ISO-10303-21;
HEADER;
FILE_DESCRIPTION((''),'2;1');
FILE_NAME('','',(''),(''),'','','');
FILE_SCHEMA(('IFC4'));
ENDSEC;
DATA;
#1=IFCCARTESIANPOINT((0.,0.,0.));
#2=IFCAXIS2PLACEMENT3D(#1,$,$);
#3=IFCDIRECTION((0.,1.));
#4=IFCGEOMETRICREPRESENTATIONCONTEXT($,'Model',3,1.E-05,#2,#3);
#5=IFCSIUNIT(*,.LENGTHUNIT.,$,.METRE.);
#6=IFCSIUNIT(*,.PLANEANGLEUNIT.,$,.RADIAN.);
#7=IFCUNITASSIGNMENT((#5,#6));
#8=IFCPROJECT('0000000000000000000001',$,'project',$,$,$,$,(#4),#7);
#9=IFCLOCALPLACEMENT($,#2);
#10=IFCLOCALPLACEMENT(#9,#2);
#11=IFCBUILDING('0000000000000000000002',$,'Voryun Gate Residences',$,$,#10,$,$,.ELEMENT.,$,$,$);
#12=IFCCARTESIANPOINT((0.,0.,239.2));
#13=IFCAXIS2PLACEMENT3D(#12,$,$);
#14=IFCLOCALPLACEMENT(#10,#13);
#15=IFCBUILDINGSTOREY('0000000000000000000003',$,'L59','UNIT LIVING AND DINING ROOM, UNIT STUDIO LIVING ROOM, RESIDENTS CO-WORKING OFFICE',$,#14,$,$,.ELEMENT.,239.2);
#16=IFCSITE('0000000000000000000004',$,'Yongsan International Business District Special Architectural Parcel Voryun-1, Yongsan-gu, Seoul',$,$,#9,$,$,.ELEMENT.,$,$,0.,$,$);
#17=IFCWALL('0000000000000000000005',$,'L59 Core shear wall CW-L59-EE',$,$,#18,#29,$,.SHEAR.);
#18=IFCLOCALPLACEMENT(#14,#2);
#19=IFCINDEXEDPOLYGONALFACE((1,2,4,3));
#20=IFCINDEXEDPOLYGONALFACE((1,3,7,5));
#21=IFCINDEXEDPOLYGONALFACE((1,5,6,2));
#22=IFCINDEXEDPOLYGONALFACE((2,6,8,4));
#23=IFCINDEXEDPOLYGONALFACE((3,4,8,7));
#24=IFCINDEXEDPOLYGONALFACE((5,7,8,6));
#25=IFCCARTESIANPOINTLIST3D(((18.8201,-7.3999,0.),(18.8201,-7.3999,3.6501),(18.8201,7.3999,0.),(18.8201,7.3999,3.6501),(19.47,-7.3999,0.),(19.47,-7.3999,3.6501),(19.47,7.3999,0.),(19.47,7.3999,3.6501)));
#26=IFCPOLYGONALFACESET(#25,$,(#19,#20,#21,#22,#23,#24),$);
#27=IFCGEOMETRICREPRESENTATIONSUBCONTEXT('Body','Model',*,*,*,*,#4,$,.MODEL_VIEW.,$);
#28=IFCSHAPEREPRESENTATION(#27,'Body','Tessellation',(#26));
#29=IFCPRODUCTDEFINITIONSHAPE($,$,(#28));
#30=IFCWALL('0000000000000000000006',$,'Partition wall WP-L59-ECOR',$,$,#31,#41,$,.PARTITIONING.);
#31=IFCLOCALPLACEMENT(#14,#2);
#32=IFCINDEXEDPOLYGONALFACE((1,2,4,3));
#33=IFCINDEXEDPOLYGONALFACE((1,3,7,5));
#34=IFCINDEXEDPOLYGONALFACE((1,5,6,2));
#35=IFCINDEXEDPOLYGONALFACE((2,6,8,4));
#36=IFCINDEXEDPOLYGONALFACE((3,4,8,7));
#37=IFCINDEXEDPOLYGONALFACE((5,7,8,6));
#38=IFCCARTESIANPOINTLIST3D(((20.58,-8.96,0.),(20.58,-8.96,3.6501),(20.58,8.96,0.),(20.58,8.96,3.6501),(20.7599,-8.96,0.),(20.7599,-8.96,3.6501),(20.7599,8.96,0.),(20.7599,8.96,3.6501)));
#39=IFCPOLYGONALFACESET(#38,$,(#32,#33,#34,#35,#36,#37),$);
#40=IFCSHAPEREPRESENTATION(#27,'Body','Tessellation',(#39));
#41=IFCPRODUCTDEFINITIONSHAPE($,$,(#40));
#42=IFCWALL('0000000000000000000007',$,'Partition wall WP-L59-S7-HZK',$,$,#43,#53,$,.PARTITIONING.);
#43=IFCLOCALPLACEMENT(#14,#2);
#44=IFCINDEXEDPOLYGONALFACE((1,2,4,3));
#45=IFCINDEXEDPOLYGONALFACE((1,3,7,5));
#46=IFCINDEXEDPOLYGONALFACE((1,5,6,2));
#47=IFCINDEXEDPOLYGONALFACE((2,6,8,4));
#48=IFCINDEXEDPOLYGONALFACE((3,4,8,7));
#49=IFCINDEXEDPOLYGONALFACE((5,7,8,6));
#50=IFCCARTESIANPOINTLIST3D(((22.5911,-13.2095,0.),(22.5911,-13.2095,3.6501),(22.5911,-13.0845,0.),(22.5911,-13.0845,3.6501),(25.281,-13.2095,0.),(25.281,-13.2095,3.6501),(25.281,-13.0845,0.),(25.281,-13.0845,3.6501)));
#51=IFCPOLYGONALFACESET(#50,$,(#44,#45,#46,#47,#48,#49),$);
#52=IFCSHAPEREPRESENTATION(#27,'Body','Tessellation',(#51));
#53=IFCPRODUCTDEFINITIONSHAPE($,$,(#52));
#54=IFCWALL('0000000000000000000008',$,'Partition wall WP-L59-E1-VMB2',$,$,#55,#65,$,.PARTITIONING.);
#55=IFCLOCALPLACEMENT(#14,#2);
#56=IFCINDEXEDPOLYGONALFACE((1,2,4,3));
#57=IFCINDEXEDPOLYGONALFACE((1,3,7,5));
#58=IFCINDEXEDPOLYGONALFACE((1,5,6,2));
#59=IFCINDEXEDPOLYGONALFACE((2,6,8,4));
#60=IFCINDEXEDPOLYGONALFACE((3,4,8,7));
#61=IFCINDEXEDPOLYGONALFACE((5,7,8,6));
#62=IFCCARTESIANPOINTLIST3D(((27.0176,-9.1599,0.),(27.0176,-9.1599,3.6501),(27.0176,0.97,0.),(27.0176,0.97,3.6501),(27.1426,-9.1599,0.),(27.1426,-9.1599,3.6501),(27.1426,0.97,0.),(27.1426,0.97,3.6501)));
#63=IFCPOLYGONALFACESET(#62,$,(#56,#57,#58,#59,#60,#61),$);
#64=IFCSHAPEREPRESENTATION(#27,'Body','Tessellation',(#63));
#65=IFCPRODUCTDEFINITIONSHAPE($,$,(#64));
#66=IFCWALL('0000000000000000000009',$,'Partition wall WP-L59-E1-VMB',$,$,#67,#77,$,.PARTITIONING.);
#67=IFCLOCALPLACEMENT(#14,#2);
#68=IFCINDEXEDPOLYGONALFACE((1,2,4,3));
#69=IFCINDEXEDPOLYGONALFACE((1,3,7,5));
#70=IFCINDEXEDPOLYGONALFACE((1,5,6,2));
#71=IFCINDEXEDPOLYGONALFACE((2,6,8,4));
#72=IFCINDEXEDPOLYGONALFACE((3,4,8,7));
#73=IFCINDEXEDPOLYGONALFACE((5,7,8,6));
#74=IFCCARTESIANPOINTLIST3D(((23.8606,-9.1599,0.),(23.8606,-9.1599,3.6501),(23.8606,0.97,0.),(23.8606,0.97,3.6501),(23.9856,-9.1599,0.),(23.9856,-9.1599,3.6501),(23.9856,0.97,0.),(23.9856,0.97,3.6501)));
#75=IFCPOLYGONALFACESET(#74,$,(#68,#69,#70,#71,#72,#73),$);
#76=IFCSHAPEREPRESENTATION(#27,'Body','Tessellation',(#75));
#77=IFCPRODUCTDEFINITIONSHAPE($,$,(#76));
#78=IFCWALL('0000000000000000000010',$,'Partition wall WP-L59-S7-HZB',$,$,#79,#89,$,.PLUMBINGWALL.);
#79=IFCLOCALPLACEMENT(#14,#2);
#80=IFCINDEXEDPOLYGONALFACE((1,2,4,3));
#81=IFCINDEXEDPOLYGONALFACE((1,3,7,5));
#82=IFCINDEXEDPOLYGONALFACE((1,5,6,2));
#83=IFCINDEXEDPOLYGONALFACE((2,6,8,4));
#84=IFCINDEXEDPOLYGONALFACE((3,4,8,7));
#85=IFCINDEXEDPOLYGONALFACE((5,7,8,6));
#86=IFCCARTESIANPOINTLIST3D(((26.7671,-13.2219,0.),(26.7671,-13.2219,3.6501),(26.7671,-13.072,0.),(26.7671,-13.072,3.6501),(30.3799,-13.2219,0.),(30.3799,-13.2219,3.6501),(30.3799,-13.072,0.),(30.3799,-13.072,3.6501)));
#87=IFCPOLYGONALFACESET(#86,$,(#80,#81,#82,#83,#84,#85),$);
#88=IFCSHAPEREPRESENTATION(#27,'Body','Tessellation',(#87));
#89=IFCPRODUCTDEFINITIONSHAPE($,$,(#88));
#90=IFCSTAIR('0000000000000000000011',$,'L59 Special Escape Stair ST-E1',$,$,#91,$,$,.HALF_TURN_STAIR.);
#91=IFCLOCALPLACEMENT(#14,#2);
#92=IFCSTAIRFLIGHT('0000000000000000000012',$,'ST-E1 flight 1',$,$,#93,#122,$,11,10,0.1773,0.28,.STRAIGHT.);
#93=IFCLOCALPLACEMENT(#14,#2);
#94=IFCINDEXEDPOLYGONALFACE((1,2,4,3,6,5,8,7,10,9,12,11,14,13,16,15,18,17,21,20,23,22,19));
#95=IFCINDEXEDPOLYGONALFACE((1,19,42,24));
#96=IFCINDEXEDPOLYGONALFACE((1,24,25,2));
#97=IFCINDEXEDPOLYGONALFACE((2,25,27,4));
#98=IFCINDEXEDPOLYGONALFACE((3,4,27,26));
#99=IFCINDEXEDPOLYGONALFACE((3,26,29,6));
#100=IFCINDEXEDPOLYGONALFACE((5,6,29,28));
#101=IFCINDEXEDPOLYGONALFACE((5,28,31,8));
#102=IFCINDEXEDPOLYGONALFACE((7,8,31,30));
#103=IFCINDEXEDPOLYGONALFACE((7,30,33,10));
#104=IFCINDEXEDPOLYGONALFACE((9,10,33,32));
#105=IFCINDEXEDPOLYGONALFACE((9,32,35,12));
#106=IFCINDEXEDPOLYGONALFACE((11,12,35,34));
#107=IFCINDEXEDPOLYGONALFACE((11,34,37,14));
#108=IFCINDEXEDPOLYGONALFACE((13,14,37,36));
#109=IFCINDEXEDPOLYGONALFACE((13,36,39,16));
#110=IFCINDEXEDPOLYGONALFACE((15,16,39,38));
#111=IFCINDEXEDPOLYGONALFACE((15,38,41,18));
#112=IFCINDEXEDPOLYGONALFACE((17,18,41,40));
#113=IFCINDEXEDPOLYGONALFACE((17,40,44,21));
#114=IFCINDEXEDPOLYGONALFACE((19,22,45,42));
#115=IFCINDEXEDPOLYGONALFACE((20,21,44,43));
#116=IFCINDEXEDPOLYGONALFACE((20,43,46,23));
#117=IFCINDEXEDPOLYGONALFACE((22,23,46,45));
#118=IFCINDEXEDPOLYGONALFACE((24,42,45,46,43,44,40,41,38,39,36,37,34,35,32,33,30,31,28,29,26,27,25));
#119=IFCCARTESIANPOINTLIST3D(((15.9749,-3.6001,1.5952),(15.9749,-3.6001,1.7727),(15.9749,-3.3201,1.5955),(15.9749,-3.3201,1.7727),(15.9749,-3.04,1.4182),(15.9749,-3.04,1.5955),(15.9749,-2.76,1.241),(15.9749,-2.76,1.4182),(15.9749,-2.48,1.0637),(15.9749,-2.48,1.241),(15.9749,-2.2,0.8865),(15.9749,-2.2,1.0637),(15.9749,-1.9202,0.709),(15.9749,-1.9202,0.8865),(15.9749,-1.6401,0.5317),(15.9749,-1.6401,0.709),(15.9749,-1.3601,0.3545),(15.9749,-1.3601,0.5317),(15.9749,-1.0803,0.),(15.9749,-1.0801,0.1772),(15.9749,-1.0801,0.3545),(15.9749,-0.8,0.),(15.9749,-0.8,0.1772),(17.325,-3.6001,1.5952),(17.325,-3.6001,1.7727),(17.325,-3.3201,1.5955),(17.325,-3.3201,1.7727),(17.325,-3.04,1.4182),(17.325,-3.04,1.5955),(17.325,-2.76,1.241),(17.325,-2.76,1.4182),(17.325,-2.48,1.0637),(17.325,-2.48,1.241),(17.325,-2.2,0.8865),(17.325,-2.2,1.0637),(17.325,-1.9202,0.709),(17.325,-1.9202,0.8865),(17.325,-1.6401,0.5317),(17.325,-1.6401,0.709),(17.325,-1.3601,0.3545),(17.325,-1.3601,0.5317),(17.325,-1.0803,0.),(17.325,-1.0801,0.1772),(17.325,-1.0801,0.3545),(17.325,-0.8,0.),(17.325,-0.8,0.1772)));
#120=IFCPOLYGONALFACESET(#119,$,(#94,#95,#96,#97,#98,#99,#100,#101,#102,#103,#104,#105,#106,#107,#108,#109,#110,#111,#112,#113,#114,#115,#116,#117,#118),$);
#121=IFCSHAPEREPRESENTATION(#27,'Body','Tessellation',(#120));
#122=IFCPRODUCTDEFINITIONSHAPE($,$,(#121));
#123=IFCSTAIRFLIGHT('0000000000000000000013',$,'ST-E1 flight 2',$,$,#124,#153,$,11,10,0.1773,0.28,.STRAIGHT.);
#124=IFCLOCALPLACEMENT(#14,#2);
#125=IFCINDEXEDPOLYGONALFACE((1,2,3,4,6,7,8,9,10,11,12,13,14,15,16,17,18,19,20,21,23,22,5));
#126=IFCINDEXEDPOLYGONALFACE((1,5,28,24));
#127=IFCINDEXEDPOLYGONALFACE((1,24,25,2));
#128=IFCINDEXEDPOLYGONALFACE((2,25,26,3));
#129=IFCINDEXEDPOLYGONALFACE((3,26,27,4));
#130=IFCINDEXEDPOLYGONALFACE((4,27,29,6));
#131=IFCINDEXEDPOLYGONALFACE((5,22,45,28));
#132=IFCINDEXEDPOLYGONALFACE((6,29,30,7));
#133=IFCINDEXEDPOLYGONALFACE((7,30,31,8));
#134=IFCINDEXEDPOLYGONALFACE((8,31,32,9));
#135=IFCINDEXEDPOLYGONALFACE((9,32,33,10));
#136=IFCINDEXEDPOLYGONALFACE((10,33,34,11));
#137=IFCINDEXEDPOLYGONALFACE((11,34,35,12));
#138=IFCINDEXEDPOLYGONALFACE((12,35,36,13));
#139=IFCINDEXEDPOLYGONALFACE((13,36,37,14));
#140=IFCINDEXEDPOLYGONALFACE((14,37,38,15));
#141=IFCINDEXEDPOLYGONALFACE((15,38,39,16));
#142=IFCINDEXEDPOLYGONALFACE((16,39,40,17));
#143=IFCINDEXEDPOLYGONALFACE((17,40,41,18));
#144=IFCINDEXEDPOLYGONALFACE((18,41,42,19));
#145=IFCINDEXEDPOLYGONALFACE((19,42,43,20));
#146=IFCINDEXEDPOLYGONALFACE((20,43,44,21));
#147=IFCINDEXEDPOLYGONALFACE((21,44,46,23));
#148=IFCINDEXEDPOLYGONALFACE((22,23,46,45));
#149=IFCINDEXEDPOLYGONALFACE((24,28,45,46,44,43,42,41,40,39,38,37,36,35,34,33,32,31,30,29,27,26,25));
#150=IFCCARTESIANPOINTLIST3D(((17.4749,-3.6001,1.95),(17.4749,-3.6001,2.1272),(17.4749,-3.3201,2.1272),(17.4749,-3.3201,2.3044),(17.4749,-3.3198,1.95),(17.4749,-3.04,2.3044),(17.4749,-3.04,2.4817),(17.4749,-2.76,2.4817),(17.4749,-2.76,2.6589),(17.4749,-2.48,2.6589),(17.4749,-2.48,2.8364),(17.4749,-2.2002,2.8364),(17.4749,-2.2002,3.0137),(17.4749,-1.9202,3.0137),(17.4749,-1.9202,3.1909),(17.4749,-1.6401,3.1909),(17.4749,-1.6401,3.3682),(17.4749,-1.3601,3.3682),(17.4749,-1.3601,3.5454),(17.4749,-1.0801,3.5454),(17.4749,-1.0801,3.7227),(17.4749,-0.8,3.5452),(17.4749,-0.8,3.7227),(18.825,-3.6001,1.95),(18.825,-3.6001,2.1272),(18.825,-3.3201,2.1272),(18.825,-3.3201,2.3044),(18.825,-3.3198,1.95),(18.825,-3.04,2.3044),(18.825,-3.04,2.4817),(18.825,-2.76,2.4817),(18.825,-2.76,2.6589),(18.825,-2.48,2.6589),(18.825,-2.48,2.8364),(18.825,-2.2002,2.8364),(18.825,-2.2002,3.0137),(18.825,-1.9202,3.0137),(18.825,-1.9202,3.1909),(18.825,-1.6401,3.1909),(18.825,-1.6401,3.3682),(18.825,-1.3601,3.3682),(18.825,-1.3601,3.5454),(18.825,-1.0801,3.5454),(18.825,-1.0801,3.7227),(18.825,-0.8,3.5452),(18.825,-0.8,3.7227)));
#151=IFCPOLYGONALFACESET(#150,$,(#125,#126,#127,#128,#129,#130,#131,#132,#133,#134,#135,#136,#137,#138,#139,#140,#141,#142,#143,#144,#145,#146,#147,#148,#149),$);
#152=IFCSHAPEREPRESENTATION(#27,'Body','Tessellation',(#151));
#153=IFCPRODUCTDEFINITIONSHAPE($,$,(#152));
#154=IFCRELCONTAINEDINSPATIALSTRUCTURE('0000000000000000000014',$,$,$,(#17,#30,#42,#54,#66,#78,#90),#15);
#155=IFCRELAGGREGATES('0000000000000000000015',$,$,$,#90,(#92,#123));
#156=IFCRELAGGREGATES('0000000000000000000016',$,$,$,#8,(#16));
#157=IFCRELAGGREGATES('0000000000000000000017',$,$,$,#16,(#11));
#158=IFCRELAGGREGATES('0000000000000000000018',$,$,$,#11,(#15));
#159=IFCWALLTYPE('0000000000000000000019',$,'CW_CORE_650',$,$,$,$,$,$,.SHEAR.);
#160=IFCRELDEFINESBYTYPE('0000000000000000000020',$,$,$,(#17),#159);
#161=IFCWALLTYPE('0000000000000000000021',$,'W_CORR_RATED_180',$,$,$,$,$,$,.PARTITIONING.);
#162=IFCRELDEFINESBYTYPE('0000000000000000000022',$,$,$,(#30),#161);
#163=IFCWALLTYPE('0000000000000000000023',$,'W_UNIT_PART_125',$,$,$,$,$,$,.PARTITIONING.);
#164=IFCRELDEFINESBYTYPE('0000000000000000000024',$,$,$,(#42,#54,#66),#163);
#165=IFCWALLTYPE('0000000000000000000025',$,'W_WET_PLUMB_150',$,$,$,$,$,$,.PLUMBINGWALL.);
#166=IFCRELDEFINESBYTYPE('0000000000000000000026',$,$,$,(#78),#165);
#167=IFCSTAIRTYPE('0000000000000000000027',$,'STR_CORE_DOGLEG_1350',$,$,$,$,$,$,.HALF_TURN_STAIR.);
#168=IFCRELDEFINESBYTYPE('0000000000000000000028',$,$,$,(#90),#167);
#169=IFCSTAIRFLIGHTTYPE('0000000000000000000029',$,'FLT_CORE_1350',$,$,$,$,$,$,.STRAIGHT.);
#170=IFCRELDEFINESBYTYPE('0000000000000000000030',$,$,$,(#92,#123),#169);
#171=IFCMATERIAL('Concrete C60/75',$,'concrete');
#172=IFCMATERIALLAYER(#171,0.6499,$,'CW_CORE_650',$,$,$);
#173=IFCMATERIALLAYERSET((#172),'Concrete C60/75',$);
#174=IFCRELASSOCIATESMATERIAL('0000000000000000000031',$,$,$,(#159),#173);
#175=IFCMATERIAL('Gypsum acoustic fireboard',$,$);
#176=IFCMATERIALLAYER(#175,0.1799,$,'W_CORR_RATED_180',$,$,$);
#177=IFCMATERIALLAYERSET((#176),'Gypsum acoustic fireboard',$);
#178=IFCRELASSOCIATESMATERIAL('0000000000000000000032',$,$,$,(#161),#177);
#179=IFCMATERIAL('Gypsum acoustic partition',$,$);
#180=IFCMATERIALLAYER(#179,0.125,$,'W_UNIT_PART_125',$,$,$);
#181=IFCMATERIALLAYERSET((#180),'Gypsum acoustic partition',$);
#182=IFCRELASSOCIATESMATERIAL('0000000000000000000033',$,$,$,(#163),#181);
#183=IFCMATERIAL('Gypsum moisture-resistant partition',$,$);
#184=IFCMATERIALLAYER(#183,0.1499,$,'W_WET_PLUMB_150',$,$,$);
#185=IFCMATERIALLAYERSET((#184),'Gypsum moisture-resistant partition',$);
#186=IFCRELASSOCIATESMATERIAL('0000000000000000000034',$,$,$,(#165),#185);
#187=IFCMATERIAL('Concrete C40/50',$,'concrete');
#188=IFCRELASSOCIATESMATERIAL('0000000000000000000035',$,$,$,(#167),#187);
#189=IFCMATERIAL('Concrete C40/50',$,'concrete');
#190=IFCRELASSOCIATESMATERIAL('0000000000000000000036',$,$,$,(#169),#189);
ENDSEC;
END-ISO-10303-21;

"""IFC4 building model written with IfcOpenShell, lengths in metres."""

from ifc_helpers import new_model, si_unit, direction, frame, frame_2d, origin, place, context, subcontext, project, spatial, polyline, rectangle, outline, extrude, material, layer, layer_set, type_object, element, aggregate, save


model = new_model("IFC4")

# Units and contexts
model_context = context("Model", 3, precision=1e-05, world=origin(), true_north=direction((0.0, 1.0)))
body_context = subcontext(model_context, "Body", "Model", "MODEL_VIEW")
ifc_project = project(units=[si_unit("LENGTHUNIT", "METRE"), si_unit("PLANEANGLEUNIT", "RADIAN")], contexts=[model_context])

# Site, building, storey
site_placement = place(None, origin())
site = spatial("IfcSite", under=ifc_project, at=site_placement, Name="Yongsan International Business District Special Architectural Parcel Voryun-1, Yongsan-gu, Seoul", CompositionType="ELEMENT", RefElevation=0.0)
building_placement = place(site_placement, origin())
building = spatial("IfcBuilding", under=site, at=building_placement, Name="Voryun Gate Residences", CompositionType="ELEMENT")
storey_placement = place(building_placement, frame((0.0, 0.0, 239.2)))
storey = spatial("IfcBuildingStorey", under=building, at=storey_placement, Name="L59", Description="UNIT LIVING AND DINING ROOM, UNIT STUDIO LIVING ROOM, RESIDENTS CO-WORKING OFFICE", CompositionType="ELEMENT", Elevation=239.2)

# Walls
ifc_material_1 = material(Name="Concrete C60/75", Category="concrete")
ifc_layer_1 = layer(ifc_material_1, 0.6499, Name="CW_CORE_650")
ifc_layer_set_1 = layer_set([ifc_layer_1], Name="Concrete C60/75")
wall_type_1 = type_object("IfcWallType", Name="CW_CORE_650", PredefinedType="SHEAR", material=ifc_layer_set_1)
wall_1_placement = place(storey_placement, frame((19.145, -7.3999, 0.0), z_axis=(0.0, 0.0, 1.0), x_axis=(0.0, 1.0, 0.0)))
element("IfcWall", 1, at=wall_1_placement, inside=storey, type_object=wall_type_1, Name="L59 Core shear wall CW-L59-EE", PredefinedType="SHEAR", context=body_context, shape_type="SweptSolid", body=[
    extrude(rectangle(XDim=14.7998, YDim=0.6499, at=frame_2d((7.3999, 0.0))), origin(), (0.0, 0.0, 1.0), 3.6501),
])
ifc_material_2 = material(Name="Gypsum acoustic fireboard")
ifc_layer_2 = layer(ifc_material_2, 0.1799, Name="W_CORR_RATED_180")
ifc_layer_set_2 = layer_set([ifc_layer_2], Name="Gypsum acoustic fireboard")
wall_type_2 = type_object("IfcWallType", Name="W_CORR_RATED_180", PredefinedType="PARTITIONING", material=ifc_layer_set_2)
wall_2_placement = place(storey_placement, frame((20.6699, -8.96, 0.0), z_axis=(0.0, 0.0, 1.0), x_axis=(0.0, 1.0, 0.0)))
element("IfcWall", 2, at=wall_2_placement, inside=storey, type_object=wall_type_2, Name="Partition wall WP-L59-ECOR", PredefinedType="PARTITIONING", context=body_context, shape_type="SweptSolid", body=[
    extrude(rectangle(XDim=17.9199, YDim=0.1799, at=frame_2d((8.96, 0.0))), origin(), (0.0, 0.0, 1.0), 3.6501),
])
ifc_material_3 = material(Name="Gypsum acoustic partition")
ifc_layer_3 = layer(ifc_material_3, 0.125, Name="W_UNIT_PART_125")
ifc_layer_set_3 = layer_set([ifc_layer_3], Name="Gypsum acoustic partition")
wall_type_3 = type_object("IfcWallType", Name="W_UNIT_PART_125", PredefinedType="PARTITIONING", material=ifc_layer_set_3)
wall_3_placement = place(storey_placement, frame((22.5911, -13.147, 0.0), z_axis=(0.0, 0.0, 1.0), x_axis=(1.0, 0.0, 0.0)))
element("IfcWall", 3, at=wall_3_placement, inside=storey, type_object=wall_type_3, Name="Partition wall WP-L59-S7-HZK", PredefinedType="PARTITIONING", context=body_context, shape_type="SweptSolid", body=[
    extrude(rectangle(XDim=2.6899, YDim=0.125, at=frame_2d((1.345, 0.0))), origin(), (0.0, 0.0, 1.0), 3.6501),
])
for number, where, z_axis, x_axis, name in (
    (4, (27.0801, -9.1599, 0.0), (0.0, 0.0, 1.0), (0.0, 1.0, 0.0), "Partition wall WP-L59-E1-VMB2"),
    (5, (23.9231, -9.1599, 0.0), (0.0, 0.0, 1.0), (0.0, 1.0, 0.0), "Partition wall WP-L59-E1-VMB"),
):
    element("IfcWall", number, at=place(storey_placement, frame(where, z_axis=z_axis, x_axis=x_axis)), inside=storey, type_object=wall_type_3, Name=name, PredefinedType="PARTITIONING", context=body_context, shape_type="SweptSolid", body=[
        extrude(rectangle(XDim=10.1299, YDim=0.125, at=frame_2d((5.0649, 0.0))), origin(), (0.0, 0.0, 1.0), 3.6501),
    ])
ifc_material_4 = material(Name="Gypsum moisture-resistant partition")
ifc_layer_4 = layer(ifc_material_4, 0.1499, Name="W_WET_PLUMB_150")
ifc_layer_set_4 = layer_set([ifc_layer_4], Name="Gypsum moisture-resistant partition")
wall_type_4 = type_object("IfcWallType", Name="W_WET_PLUMB_150", PredefinedType="PLUMBINGWALL", material=ifc_layer_set_4)
wall_4_placement = place(storey_placement, frame((26.7671, -13.147, 0.0), z_axis=(0.0, 0.0, 1.0), x_axis=(1.0, 0.0, 0.0)))
element("IfcWall", 6, at=wall_4_placement, inside=storey, type_object=wall_type_4, Name="Partition wall WP-L59-S7-HZB", PredefinedType="PLUMBINGWALL", context=body_context, shape_type="SweptSolid", body=[
    extrude(rectangle(XDim=3.6128, YDim=0.1499, at=frame_2d((1.8064, 0.0))), origin(), (0.0, 0.0, 1.0), 3.6501),
])

# Stair, stair flights
ifc_material_5 = material(Name="Concrete C40/50", Category="concrete")
stair_type = type_object("IfcStairType", Name="STR_CORE_DOGLEG_1350", PredefinedType="HALF_TURN_STAIR", material=ifc_material_5)
stair_placement = place(storey_placement, origin())
stair = element("IfcStair", 7, at=stair_placement, inside=storey, type_object=stair_type, Name="L59 Special Escape Stair ST-E1", PredefinedType="HALF_TURN_STAIR")
ifc_material_6 = material(Name="Concrete C40/50", Category="concrete")
stair_flight_type = type_object("IfcStairFlightType", Name="FLT_CORE_1350", PredefinedType="STRAIGHT", material=ifc_material_6)
stair_flight_1_placement = place(storey_placement, frame((16.6499, -0.8, 0.0), z_axis=(0.0, 0.0, 1.0), x_axis=(0.0, -1.0, 0.0)))
stair_flight_1 = element("IfcStairFlight", 8, at=stair_flight_1_placement, type_object=stair_flight_type, Name="ST-E1 flight 1", NumberOfRisers=11, NumberOfTreads=10, PredefinedType="STRAIGHT", RiserHeight=0.1773, TreadLength=0.28, context=body_context, shape_type="SweptSolid", body=[
    extrude(outline(polyline([(0.0, 0.0), (0.0, 0.1772), (0.28, 0.1772), (0.28, 0.3545), (0.5601, 0.3545), (0.5601, 0.5317), (0.8401, 0.5317), (0.8401, 0.709), (1.1201, 0.709), (1.1201, 0.8865), (1.3999, 0.8865), (1.3999, 1.0637), (1.6799, 1.0637), (1.6799, 1.241), (1.96, 1.241), (1.96, 1.4182), (2.24, 1.4182), (2.24, 1.5955), (2.52, 1.5955), (2.52, 1.7727), (2.8, 1.7727), (2.8, 1.95), (2.8, 1.5952), (0.2803, 0.0), (0.0, 0.0)])), frame((0.0, 0.675, 0.0), z_axis=(0.0, -1.0, 0.0), x_axis=(1.0, 0.0, 0.0)), (0.0, 0.0, 1.0), 1.3501),
])
stair_flight_2_placement = place(storey_placement, frame((18.1499, -3.6001, 1.95), z_axis=(0.0, 0.0, 1.0), x_axis=(0.0, 1.0, 0.0)))
stair_flight_2 = element("IfcStairFlight", 9, at=stair_flight_2_placement, type_object=stair_flight_type, Name="ST-E1 flight 2", NumberOfRisers=11, NumberOfTreads=10, PredefinedType="STRAIGHT", RiserHeight=0.1773, TreadLength=0.28, context=body_context, shape_type="SweptSolid", body=[
    extrude(outline(polyline([(0.0, 0.0), (0.0, 0.1772), (0.28, 0.1772), (0.28, 0.3545), (0.5601, 0.3545), (0.5601, 0.5317), (0.8401, 0.5317), (0.8401, 0.709), (1.1201, 0.709), (1.1201, 0.8865), (1.3999, 0.8865), (1.3999, 1.0637), (1.6799, 1.0637), (1.6799, 1.241), (1.96, 1.241), (1.96, 1.4182), (2.24, 1.4182), (2.24, 1.5955), (2.52, 1.5955), (2.52, 1.7727), (2.8, 1.7727), (2.8, 1.95), (2.8, 1.5952), (0.2803, 0.0), (0.0, 0.0)])), frame((0.0, 0.675, 0.0), z_axis=(0.0, -1.0, 0.0), x_axis=(1.0, 0.0, 0.0)), (0.0, 0.0, 1.0), 1.3501),
])
aggregate(stair, [stair_flight_1, stair_flight_2])

save(model, "model.ifc")
